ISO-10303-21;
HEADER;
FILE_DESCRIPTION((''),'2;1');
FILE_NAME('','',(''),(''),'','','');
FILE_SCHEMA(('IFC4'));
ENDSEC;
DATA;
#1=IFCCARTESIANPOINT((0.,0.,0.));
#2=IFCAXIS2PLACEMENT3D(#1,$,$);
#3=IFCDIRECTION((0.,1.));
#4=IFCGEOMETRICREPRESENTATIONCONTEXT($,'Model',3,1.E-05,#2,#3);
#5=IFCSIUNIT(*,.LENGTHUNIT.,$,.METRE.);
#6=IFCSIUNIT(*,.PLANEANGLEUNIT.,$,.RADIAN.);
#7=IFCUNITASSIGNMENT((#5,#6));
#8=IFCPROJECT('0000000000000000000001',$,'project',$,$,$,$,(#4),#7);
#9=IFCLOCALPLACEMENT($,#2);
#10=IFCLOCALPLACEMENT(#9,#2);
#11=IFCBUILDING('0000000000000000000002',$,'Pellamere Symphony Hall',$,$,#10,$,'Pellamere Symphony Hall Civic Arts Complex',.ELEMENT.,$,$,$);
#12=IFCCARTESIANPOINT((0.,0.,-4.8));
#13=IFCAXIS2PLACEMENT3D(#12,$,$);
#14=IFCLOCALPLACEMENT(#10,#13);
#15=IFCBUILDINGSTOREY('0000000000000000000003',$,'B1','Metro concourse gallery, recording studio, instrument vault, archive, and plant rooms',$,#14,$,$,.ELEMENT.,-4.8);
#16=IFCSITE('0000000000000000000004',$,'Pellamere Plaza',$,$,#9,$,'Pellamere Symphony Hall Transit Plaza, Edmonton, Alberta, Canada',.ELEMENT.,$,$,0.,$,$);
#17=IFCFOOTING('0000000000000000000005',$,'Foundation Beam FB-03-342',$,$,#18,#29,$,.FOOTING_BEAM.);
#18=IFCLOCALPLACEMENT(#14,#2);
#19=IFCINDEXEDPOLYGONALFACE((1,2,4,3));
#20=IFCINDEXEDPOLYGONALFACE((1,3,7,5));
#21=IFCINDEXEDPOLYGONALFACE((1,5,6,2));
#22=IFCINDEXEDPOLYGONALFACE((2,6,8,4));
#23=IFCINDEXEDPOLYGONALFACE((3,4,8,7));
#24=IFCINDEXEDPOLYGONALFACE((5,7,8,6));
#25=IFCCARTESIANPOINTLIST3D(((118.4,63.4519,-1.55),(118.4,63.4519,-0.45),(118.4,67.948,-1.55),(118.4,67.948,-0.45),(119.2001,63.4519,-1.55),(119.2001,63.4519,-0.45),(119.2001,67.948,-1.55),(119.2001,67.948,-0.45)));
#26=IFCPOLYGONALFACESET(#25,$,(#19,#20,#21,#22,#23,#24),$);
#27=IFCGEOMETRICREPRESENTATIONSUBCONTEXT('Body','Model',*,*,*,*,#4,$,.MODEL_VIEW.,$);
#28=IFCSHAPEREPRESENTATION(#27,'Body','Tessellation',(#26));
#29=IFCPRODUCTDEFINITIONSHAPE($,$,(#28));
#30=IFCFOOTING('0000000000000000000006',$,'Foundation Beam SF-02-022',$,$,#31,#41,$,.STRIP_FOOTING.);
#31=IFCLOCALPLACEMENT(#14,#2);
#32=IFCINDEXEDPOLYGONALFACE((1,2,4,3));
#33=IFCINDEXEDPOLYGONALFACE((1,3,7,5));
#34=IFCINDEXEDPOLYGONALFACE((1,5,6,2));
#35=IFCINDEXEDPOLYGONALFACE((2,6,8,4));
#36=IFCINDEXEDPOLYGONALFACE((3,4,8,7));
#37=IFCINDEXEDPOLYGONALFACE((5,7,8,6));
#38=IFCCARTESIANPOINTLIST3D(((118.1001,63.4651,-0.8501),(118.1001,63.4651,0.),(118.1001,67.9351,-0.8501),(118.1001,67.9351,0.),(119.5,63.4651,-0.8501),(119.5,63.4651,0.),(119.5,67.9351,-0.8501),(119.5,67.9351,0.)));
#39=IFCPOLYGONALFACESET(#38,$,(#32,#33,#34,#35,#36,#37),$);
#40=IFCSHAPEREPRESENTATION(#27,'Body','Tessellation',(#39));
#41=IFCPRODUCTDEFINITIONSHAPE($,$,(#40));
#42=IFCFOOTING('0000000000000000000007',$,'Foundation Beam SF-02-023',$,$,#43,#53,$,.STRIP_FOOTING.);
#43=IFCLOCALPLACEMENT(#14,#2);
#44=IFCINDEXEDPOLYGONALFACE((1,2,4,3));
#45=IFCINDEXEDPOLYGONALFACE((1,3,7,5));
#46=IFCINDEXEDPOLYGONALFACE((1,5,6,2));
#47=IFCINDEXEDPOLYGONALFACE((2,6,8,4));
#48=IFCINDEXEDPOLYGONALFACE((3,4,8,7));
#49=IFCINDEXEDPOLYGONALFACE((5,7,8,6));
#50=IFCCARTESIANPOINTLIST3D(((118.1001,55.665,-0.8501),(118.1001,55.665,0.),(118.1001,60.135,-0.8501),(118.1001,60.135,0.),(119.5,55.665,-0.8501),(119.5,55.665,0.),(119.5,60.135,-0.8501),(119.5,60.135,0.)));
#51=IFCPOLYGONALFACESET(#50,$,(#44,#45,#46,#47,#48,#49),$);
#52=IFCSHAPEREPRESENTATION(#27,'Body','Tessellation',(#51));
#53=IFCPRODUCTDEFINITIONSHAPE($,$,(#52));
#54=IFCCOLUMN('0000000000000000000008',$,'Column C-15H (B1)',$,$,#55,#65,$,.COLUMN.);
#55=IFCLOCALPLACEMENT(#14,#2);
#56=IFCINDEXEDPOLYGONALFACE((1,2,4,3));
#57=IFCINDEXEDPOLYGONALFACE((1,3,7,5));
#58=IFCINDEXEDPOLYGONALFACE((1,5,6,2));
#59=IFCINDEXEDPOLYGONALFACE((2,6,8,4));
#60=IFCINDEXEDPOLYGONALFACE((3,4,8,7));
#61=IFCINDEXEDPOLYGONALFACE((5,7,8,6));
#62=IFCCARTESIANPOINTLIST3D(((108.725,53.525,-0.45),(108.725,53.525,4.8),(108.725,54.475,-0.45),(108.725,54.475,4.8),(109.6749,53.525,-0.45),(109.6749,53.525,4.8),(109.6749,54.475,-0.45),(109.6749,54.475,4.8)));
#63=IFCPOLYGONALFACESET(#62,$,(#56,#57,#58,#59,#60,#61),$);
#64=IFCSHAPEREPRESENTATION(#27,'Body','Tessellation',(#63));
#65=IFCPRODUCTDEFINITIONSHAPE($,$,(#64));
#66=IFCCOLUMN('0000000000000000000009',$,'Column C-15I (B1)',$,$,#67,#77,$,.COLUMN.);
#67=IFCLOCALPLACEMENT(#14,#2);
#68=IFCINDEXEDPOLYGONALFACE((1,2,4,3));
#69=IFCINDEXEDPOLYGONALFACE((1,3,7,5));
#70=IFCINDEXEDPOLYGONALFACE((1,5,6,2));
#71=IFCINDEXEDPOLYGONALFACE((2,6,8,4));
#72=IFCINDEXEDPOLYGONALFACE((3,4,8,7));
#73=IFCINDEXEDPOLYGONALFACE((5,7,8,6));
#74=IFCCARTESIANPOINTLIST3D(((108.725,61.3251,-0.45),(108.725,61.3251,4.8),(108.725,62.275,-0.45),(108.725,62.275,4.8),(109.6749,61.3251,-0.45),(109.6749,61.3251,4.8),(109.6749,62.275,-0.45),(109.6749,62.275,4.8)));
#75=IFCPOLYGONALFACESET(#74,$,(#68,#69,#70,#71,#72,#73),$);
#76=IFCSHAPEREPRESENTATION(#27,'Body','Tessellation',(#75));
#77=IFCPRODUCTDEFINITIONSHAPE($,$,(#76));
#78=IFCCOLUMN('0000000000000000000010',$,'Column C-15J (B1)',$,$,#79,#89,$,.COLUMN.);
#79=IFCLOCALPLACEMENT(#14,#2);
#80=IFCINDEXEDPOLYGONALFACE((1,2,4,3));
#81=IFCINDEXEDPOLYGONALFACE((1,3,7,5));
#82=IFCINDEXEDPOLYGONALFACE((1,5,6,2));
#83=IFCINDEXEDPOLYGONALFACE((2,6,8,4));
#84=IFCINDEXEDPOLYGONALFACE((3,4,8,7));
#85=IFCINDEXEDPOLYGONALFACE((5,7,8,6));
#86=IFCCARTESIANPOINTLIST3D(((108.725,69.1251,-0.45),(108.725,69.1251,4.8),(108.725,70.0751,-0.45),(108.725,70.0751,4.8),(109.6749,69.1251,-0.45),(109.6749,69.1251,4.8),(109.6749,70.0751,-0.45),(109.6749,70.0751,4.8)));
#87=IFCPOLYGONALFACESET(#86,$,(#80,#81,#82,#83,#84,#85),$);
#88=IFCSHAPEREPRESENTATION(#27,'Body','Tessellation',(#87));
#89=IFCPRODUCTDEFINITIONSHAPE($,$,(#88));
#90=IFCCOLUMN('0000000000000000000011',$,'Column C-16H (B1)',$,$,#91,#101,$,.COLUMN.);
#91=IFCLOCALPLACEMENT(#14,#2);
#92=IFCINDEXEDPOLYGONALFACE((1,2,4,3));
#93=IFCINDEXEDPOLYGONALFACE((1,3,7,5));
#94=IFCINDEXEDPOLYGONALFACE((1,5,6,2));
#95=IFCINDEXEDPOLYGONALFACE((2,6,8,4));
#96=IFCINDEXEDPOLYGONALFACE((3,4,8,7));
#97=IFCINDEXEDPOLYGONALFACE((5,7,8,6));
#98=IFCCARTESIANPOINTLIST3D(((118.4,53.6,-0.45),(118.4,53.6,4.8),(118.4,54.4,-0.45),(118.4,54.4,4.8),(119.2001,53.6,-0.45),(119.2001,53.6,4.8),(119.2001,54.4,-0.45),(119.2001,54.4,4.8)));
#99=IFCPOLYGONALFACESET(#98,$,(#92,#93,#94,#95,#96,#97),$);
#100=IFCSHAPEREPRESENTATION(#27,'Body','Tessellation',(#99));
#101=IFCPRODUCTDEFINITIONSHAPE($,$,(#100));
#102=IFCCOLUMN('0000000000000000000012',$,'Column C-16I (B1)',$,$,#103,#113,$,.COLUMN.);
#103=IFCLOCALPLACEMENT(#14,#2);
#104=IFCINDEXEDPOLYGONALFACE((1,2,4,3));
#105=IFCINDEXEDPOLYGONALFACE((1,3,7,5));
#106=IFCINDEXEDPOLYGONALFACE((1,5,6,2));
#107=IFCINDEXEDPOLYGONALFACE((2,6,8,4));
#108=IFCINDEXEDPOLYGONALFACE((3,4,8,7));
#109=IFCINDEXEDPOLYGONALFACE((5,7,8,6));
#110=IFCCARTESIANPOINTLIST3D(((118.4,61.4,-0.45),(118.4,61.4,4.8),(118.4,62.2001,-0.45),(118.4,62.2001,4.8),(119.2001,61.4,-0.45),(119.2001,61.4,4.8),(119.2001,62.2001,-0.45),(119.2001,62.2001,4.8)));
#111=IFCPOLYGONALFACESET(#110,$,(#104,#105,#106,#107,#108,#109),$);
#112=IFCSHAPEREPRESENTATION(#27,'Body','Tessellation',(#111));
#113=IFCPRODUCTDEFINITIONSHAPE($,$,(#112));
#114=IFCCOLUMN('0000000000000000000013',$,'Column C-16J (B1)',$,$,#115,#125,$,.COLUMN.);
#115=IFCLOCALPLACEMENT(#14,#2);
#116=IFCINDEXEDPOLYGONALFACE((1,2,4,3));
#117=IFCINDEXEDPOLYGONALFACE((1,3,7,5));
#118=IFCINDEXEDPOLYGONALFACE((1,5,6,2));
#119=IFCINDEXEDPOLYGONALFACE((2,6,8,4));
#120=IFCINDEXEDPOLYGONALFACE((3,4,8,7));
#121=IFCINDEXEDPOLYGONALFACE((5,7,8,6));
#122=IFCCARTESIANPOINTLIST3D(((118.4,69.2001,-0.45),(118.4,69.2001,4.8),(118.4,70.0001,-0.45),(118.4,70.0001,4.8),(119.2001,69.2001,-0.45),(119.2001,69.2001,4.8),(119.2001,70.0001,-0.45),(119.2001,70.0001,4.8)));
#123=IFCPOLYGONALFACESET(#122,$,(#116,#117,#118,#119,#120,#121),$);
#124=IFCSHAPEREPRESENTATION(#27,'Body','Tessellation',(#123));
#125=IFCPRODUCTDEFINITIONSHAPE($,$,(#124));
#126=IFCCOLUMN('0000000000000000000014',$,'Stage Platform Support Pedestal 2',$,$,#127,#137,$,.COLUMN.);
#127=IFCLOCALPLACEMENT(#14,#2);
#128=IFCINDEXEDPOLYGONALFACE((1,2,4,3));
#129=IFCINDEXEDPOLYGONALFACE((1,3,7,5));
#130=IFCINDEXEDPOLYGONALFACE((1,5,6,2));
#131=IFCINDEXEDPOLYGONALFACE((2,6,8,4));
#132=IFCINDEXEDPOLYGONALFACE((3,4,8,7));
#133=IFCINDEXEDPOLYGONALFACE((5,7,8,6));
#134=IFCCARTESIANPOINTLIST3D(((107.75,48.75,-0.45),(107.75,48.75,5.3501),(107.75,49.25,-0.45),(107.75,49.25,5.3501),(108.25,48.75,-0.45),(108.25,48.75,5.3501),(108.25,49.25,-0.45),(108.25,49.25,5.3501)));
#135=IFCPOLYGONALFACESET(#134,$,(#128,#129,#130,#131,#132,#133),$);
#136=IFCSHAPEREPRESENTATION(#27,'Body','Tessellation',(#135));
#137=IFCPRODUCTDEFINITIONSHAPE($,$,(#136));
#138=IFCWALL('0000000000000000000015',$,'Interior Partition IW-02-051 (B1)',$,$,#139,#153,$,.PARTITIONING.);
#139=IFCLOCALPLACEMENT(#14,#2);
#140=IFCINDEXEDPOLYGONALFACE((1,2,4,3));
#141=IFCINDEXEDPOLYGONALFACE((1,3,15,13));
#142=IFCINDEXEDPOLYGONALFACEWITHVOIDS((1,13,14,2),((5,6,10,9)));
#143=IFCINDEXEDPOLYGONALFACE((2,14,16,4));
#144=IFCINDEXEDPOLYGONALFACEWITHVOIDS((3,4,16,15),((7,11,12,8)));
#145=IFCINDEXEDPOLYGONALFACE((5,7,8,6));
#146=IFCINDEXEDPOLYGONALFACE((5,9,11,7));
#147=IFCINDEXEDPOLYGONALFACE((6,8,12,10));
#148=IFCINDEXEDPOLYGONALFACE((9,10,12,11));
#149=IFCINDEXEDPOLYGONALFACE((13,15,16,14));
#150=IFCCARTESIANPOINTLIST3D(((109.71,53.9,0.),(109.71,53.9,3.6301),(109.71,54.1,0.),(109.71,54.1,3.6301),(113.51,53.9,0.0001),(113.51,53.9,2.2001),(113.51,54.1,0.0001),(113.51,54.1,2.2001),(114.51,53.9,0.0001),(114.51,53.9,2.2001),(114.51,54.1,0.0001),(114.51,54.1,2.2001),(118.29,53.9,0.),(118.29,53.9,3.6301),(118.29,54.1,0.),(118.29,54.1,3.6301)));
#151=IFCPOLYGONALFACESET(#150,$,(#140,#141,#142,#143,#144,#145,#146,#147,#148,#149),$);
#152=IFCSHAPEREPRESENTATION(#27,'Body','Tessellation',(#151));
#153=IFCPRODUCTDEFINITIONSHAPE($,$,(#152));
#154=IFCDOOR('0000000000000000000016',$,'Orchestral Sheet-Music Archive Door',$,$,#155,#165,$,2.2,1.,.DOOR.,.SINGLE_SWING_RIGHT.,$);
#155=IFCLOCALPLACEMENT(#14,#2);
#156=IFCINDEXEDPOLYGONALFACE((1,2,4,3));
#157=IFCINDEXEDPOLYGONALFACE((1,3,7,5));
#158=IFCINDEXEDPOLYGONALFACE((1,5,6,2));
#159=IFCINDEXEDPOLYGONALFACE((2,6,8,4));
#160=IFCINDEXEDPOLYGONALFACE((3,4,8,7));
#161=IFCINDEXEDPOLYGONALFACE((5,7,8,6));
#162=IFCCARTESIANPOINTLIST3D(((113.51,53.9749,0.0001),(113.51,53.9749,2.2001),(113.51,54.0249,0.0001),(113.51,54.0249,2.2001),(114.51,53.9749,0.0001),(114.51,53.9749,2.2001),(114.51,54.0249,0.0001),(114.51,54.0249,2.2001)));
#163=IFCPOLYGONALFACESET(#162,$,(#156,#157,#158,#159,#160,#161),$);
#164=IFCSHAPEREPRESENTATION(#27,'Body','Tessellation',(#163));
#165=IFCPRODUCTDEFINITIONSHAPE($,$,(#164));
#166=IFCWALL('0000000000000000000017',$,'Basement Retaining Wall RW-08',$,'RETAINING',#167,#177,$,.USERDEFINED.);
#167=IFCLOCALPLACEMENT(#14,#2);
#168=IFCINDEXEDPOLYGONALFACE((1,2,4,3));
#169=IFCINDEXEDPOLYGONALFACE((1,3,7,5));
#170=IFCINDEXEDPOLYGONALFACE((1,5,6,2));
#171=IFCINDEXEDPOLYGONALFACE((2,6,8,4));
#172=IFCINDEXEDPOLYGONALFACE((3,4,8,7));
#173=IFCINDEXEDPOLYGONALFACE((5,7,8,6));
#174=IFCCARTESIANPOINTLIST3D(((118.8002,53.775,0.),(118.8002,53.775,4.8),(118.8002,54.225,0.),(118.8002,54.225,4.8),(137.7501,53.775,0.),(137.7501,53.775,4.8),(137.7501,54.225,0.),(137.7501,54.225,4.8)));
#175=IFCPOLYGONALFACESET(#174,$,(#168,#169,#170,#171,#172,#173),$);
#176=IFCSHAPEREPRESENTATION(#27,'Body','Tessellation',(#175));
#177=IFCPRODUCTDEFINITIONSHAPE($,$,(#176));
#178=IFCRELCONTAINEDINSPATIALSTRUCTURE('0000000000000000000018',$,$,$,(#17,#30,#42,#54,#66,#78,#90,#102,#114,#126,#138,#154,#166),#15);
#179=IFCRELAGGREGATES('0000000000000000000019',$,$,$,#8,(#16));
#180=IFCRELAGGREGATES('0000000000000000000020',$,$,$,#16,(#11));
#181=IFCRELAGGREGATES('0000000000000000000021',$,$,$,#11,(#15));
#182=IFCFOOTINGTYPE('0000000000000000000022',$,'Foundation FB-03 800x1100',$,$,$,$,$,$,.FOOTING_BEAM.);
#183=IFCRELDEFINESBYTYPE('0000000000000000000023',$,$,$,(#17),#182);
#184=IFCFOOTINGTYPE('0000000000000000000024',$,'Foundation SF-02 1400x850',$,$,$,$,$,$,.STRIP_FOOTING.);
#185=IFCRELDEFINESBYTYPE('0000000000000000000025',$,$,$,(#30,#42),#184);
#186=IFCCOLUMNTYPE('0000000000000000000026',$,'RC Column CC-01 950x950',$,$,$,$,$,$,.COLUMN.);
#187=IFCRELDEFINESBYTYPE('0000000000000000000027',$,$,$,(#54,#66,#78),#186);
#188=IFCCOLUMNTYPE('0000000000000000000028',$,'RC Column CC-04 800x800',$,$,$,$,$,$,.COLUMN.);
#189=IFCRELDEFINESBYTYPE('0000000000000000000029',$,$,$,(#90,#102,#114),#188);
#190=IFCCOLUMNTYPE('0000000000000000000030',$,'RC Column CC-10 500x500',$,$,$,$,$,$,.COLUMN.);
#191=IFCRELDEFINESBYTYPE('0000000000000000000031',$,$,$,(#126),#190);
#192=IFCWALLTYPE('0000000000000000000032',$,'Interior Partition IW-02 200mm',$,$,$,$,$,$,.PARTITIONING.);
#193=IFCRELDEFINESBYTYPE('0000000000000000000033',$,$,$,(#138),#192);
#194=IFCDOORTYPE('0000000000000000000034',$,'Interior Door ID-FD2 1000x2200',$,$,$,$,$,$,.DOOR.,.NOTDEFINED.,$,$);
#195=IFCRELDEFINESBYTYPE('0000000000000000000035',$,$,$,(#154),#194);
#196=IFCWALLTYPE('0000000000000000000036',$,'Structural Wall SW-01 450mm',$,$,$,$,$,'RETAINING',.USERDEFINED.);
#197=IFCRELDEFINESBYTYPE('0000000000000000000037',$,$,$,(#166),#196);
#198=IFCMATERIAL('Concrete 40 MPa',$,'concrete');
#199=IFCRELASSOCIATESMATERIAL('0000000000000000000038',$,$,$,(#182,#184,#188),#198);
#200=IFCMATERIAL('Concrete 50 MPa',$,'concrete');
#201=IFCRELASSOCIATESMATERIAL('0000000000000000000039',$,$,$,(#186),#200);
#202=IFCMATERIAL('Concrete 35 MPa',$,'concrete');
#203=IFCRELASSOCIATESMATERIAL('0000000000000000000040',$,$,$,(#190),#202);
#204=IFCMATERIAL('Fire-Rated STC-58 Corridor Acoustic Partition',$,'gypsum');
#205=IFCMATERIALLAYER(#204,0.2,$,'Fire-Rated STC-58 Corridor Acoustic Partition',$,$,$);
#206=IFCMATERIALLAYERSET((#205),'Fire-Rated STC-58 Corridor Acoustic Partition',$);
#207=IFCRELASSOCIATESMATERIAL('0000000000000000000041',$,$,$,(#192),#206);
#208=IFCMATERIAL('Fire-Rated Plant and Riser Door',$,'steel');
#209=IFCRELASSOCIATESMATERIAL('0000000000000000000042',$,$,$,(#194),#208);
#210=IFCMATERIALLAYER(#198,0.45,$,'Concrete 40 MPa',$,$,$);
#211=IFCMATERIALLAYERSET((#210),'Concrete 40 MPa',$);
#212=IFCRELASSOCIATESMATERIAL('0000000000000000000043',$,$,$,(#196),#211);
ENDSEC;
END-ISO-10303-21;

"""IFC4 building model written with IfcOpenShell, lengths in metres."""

from ifc_helpers import new_model, si_unit, direction, frame, frame_2d, origin, origin_2d, place, context, subcontext, project, spatial, rectangle, extrude, material, layer, layer_set, material_profile, profile_set, type_object, element, fill, save


model = new_model("IFC4")

# Units and contexts
model_context = context("Model", 3, precision=1e-05, world=origin(), true_north=direction((0.0, 1.0)))
body_context = subcontext(model_context, "Body", "Model", "MODEL_VIEW")
ifc_project = project(units=[si_unit("LENGTHUNIT", "METRE"), si_unit("PLANEANGLEUNIT", "RADIAN")], contexts=[model_context])

# Site, building, storey
site_placement = place(None, origin())
site = spatial("IfcSite", under=ifc_project, at=site_placement, Name="Pellamere Plaza", LongName="Pellamere Symphony Hall Transit Plaza, Edmonton, Alberta, Canada", CompositionType="ELEMENT", RefElevation=0.0)
building_placement = place(site_placement, origin())
building = spatial("IfcBuilding", under=site, at=building_placement, Name="Pellamere Symphony Hall", LongName="Pellamere Symphony Hall Civic Arts Complex", CompositionType="ELEMENT")
storey_placement = place(building_placement, frame((0.0, 0.0, -4.8)))
storey = spatial("IfcBuildingStorey", under=building, at=storey_placement, Name="B1", Description="Metro concourse gallery, recording studio, instrument vault, archive, and plant rooms", CompositionType="ELEMENT", Elevation=-4.8)

# Shared definitions
ifc_material_1 = material(Name="Concrete 35 MPa", Category="concrete")

# Footings
ifc_material_2 = material(Name="Concrete 40 MPa", Category="concrete")
ifc_material_profile_1 = material_profile(ifc_material_2, rectangle(XDim=0.8, YDim=1.1001, at=origin_2d()), Name="RC 800x1100")
ifc_profile_set_1 = profile_set([ifc_material_profile_1], Name="Concrete 40 MPa")
footing_type_1 = type_object("IfcFootingType", Name="Foundation FB-03 800x1100", PredefinedType="FOOTING_BEAM", material=ifc_profile_set_1)
footing_1_placement = place(storey_placement, frame((118.8, 63.4519, -1.0), z_axis=(0.0, 1.0, 0.0), x_axis=(-1.0, 0.0, 0.0)))
element("IfcFooting", 1, at=footing_1_placement, inside=storey, type_object=footing_type_1, Name="Foundation Beam FB-03-342", PredefinedType="FOOTING_BEAM", context=body_context, shape_type="SweptSolid", body=[
    extrude(rectangle(XDim=0.8, YDim=1.1001, at=origin_2d()), origin(), (0.0, 0.0, 1.0), 4.4961),
])
ifc_material_profile_2 = material_profile(ifc_material_2, rectangle(XDim=1.3999, YDim=0.8501, at=origin_2d()), Name="RC 1400x850")
ifc_profile_set_2 = profile_set([ifc_material_profile_2], Name="Concrete 40 MPa")
footing_type_2 = type_object("IfcFootingType", Name="Foundation SF-02 1400x850", PredefinedType="STRIP_FOOTING", material=ifc_profile_set_2)
for number, where, z_axis, x_axis, name in (
    (2, (118.8, 67.9351, -0.425), (0.0, -1.0, 0.0), (1.0, 0.0, 0.0), "Foundation Beam SF-02-022"),
    (3, (118.8, 60.135, -0.425), (0.0, -1.0, 0.0), (1.0, 0.0, 0.0), "Foundation Beam SF-02-023"),
):
    element("IfcFooting", number, at=place(storey_placement, frame(where, z_axis=z_axis, x_axis=x_axis)), inside=storey, type_object=footing_type_2, Name=name, PredefinedType="STRIP_FOOTING", context=body_context, shape_type="SweptSolid", body=[
        extrude(rectangle(XDim=1.3999, YDim=0.8501, at=origin_2d()), origin(), (0.0, 0.0, 1.0), 4.47),
    ])

# Columns
ifc_material_3 = material(Name="Concrete 50 MPa", Category="concrete")
ifc_material_profile_3 = material_profile(ifc_material_3, rectangle(XDim=0.95, YDim=0.95, at=origin_2d()), Name="RC 950x950")
ifc_profile_set_3 = profile_set([ifc_material_profile_3], Name="Concrete 50 MPa")
column_type_1 = type_object("IfcColumnType", Name="RC Column CC-01 950x950", PredefinedType="COLUMN", material=ifc_profile_set_3)
for number, where, z_axis, x_axis, name in (
    (4, (109.2, 54.0, -0.45), (0.0, 0.0, 1.0), (1.0, 0.0, 0.0), "Column C-15H (B1)"),
    (5, (109.2, 61.8, -0.45), (0.0, 0.0, 1.0), (1.0, 0.0, 0.0), "Column C-15I (B1)"),
    (6, (109.2, 69.6001, -0.45), (0.0, 0.0, 1.0), (1.0, 0.0, 0.0), "Column C-15J (B1)"),
):
    element("IfcColumn", number, at=place(storey_placement, frame(where, z_axis=z_axis, x_axis=x_axis)), inside=storey, type_object=column_type_1, Name=name, PredefinedType="COLUMN", context=body_context, shape_type="SweptSolid", body=[
        extrude(rectangle(XDim=0.95, YDim=0.95, at=origin_2d()), origin(), (0.0, 0.0, 1.0), 5.25),
    ])
ifc_material_profile_4 = material_profile(ifc_material_2, rectangle(XDim=0.8, YDim=0.8, at=origin_2d()), Name="RC 800x800")
ifc_profile_set_4 = profile_set([ifc_material_profile_4], Name="Concrete 40 MPa")
column_type_2 = type_object("IfcColumnType", Name="RC Column CC-04 800x800", PredefinedType="COLUMN", material=ifc_profile_set_4)
for number, where, z_axis, x_axis, name in (
    (7, (118.8, 54.0, -0.45), (0.0, 0.0, 1.0), (1.0, 0.0, 0.0), "Column C-16H (B1)"),
    (8, (118.8, 61.8, -0.45), (0.0, 0.0, 1.0), (1.0, 0.0, 0.0), "Column C-16I (B1)"),
    (9, (118.8, 69.6001, -0.45), (0.0, 0.0, 1.0), (1.0, 0.0, 0.0), "Column C-16J (B1)"),
):
    element("IfcColumn", number, at=place(storey_placement, frame(where, z_axis=z_axis, x_axis=x_axis)), inside=storey, type_object=column_type_2, Name=name, PredefinedType="COLUMN", context=body_context, shape_type="SweptSolid", body=[
        extrude(rectangle(XDim=0.8, YDim=0.8, at=origin_2d()), origin(), (0.0, 0.0, 1.0), 5.25),
    ])
ifc_material_profile_5 = material_profile(ifc_material_1, rectangle(XDim=0.5, YDim=0.5, at=origin_2d()), Name="RC 500x500")
ifc_profile_set_5 = profile_set([ifc_material_profile_5], Name="Concrete 35 MPa")
column_type_3 = type_object("IfcColumnType", Name="RC Column CC-10 500x500", PredefinedType="COLUMN", material=ifc_profile_set_5)
column_placement = place(storey_placement, frame((108.0, 49.0, -0.45), z_axis=(0.0, 0.0, 1.0), x_axis=(1.0, 0.0, 0.0)))
element("IfcColumn", 10, at=column_placement, inside=storey, type_object=column_type_3, Name="Stage Platform Support Pedestal 2", PredefinedType="COLUMN", context=body_context, shape_type="SweptSolid", body=[
    extrude(rectangle(XDim=0.5, YDim=0.5, at=origin_2d()), origin(), (0.0, 0.0, 1.0), 5.8),
])

# Wall, opening, door
ifc_material_4 = material(Name="Fire-Rated STC-58 Corridor Acoustic Partition", Category="gypsum")
ifc_layer_1 = layer(ifc_material_4, 0.2, Name="Fire-Rated STC-58 Corridor Acoustic Partition")
ifc_layer_set_1 = layer_set([ifc_layer_1], Name="Fire-Rated STC-58 Corridor Acoustic Partition")
wall_type_1 = type_object("IfcWallType", Name="Interior Partition IW-02 200mm", PredefinedType="PARTITIONING", material=ifc_layer_set_1)
wall_1_placement = place(storey_placement, frame((109.71, 54.0, 0.0), z_axis=(0.0, 0.0, 1.0), x_axis=(1.0, 0.0, 0.0)))
wall_1 = element("IfcWall", 11, at=wall_1_placement, inside=storey, type_object=wall_type_1, Name="Interior Partition IW-02-051 (B1)", PredefinedType="PARTITIONING", context=body_context, shape_type="SweptSolid", body=[
    extrude(rectangle(XDim=8.5801, YDim=0.2, at=frame_2d((4.29, 0.0))), origin(), (0.0, 0.0, 1.0), 3.6301),
])
opening_placement = place(wall_1_placement, frame((3.8, 0.0, 0.0)))
opening = element("IfcOpeningElement", 12, at=opening_placement, cuts=wall_1, PredefinedType="OPENING", context=body_context, shape_type="SweptSolid", body=[
    extrude(rectangle(XDim=1.0, YDim=2.2, at=frame_2d((0.5, 1.1001))), frame((0.0, 0.1099, 0.0), z_axis=(0.0, -1.0, 0.0), x_axis=(1.0, 0.0, 0.0)), (0.0, 0.0, 1.0), 0.22),
])
ifc_material_5 = material(Name="Fire-Rated Plant and Riser Door", Category="steel")
door_type = type_object("IfcDoorType", Name="Interior Door ID-FD2 1000x2200", OperationType="NOTDEFINED", PredefinedType="DOOR", material=ifc_material_5)
door_placement = place(opening_placement, origin())
door = element("IfcDoor", 13, at=door_placement, inside=storey, type_object=door_type, Name="Orchestral Sheet-Music Archive Door", OperationType="SINGLE_SWING_RIGHT", OverallHeight=2.2, OverallWidth=1.0, PredefinedType="DOOR", context=body_context, shape_type="SweptSolid", body=[
    extrude(rectangle(XDim=1.0, YDim=2.2, at=frame_2d((0.5, 1.1001))), frame((0.0, 0.0249, 0.0), z_axis=(0.0, -1.0, 0.0), x_axis=(1.0, 0.0, 0.0)), (0.0, 0.0, 1.0), 0.05),
])
fill(opening, door)

# Wall
ifc_layer_2 = layer(ifc_material_2, 0.45, Name="Concrete 40 MPa")
ifc_layer_set_2 = layer_set([ifc_layer_2], Name="Concrete 40 MPa")
wall_type_2 = type_object("IfcWallType", Name="Structural Wall SW-01 450mm", ElementType="RETAINING", PredefinedType="USERDEFINED", material=ifc_layer_set_2)
wall_2_placement = place(storey_placement, frame((118.8, 54.0, 0.0), z_axis=(0.0, 0.0, 1.0), x_axis=(1.0, 0.0, 0.0)))
element("IfcWall", 14, at=wall_2_placement, inside=storey, type_object=wall_type_2, Name="Basement Retaining Wall RW-08", ObjectType="RETAINING", PredefinedType="USERDEFINED", context=body_context, shape_type="SweptSolid", body=[
    extrude(rectangle(XDim=18.95, YDim=0.45, at=frame_2d((9.4751, 0.0))), origin(), (0.0, 0.0, 1.0), 4.8),
])

save(model, "model.ifc")
